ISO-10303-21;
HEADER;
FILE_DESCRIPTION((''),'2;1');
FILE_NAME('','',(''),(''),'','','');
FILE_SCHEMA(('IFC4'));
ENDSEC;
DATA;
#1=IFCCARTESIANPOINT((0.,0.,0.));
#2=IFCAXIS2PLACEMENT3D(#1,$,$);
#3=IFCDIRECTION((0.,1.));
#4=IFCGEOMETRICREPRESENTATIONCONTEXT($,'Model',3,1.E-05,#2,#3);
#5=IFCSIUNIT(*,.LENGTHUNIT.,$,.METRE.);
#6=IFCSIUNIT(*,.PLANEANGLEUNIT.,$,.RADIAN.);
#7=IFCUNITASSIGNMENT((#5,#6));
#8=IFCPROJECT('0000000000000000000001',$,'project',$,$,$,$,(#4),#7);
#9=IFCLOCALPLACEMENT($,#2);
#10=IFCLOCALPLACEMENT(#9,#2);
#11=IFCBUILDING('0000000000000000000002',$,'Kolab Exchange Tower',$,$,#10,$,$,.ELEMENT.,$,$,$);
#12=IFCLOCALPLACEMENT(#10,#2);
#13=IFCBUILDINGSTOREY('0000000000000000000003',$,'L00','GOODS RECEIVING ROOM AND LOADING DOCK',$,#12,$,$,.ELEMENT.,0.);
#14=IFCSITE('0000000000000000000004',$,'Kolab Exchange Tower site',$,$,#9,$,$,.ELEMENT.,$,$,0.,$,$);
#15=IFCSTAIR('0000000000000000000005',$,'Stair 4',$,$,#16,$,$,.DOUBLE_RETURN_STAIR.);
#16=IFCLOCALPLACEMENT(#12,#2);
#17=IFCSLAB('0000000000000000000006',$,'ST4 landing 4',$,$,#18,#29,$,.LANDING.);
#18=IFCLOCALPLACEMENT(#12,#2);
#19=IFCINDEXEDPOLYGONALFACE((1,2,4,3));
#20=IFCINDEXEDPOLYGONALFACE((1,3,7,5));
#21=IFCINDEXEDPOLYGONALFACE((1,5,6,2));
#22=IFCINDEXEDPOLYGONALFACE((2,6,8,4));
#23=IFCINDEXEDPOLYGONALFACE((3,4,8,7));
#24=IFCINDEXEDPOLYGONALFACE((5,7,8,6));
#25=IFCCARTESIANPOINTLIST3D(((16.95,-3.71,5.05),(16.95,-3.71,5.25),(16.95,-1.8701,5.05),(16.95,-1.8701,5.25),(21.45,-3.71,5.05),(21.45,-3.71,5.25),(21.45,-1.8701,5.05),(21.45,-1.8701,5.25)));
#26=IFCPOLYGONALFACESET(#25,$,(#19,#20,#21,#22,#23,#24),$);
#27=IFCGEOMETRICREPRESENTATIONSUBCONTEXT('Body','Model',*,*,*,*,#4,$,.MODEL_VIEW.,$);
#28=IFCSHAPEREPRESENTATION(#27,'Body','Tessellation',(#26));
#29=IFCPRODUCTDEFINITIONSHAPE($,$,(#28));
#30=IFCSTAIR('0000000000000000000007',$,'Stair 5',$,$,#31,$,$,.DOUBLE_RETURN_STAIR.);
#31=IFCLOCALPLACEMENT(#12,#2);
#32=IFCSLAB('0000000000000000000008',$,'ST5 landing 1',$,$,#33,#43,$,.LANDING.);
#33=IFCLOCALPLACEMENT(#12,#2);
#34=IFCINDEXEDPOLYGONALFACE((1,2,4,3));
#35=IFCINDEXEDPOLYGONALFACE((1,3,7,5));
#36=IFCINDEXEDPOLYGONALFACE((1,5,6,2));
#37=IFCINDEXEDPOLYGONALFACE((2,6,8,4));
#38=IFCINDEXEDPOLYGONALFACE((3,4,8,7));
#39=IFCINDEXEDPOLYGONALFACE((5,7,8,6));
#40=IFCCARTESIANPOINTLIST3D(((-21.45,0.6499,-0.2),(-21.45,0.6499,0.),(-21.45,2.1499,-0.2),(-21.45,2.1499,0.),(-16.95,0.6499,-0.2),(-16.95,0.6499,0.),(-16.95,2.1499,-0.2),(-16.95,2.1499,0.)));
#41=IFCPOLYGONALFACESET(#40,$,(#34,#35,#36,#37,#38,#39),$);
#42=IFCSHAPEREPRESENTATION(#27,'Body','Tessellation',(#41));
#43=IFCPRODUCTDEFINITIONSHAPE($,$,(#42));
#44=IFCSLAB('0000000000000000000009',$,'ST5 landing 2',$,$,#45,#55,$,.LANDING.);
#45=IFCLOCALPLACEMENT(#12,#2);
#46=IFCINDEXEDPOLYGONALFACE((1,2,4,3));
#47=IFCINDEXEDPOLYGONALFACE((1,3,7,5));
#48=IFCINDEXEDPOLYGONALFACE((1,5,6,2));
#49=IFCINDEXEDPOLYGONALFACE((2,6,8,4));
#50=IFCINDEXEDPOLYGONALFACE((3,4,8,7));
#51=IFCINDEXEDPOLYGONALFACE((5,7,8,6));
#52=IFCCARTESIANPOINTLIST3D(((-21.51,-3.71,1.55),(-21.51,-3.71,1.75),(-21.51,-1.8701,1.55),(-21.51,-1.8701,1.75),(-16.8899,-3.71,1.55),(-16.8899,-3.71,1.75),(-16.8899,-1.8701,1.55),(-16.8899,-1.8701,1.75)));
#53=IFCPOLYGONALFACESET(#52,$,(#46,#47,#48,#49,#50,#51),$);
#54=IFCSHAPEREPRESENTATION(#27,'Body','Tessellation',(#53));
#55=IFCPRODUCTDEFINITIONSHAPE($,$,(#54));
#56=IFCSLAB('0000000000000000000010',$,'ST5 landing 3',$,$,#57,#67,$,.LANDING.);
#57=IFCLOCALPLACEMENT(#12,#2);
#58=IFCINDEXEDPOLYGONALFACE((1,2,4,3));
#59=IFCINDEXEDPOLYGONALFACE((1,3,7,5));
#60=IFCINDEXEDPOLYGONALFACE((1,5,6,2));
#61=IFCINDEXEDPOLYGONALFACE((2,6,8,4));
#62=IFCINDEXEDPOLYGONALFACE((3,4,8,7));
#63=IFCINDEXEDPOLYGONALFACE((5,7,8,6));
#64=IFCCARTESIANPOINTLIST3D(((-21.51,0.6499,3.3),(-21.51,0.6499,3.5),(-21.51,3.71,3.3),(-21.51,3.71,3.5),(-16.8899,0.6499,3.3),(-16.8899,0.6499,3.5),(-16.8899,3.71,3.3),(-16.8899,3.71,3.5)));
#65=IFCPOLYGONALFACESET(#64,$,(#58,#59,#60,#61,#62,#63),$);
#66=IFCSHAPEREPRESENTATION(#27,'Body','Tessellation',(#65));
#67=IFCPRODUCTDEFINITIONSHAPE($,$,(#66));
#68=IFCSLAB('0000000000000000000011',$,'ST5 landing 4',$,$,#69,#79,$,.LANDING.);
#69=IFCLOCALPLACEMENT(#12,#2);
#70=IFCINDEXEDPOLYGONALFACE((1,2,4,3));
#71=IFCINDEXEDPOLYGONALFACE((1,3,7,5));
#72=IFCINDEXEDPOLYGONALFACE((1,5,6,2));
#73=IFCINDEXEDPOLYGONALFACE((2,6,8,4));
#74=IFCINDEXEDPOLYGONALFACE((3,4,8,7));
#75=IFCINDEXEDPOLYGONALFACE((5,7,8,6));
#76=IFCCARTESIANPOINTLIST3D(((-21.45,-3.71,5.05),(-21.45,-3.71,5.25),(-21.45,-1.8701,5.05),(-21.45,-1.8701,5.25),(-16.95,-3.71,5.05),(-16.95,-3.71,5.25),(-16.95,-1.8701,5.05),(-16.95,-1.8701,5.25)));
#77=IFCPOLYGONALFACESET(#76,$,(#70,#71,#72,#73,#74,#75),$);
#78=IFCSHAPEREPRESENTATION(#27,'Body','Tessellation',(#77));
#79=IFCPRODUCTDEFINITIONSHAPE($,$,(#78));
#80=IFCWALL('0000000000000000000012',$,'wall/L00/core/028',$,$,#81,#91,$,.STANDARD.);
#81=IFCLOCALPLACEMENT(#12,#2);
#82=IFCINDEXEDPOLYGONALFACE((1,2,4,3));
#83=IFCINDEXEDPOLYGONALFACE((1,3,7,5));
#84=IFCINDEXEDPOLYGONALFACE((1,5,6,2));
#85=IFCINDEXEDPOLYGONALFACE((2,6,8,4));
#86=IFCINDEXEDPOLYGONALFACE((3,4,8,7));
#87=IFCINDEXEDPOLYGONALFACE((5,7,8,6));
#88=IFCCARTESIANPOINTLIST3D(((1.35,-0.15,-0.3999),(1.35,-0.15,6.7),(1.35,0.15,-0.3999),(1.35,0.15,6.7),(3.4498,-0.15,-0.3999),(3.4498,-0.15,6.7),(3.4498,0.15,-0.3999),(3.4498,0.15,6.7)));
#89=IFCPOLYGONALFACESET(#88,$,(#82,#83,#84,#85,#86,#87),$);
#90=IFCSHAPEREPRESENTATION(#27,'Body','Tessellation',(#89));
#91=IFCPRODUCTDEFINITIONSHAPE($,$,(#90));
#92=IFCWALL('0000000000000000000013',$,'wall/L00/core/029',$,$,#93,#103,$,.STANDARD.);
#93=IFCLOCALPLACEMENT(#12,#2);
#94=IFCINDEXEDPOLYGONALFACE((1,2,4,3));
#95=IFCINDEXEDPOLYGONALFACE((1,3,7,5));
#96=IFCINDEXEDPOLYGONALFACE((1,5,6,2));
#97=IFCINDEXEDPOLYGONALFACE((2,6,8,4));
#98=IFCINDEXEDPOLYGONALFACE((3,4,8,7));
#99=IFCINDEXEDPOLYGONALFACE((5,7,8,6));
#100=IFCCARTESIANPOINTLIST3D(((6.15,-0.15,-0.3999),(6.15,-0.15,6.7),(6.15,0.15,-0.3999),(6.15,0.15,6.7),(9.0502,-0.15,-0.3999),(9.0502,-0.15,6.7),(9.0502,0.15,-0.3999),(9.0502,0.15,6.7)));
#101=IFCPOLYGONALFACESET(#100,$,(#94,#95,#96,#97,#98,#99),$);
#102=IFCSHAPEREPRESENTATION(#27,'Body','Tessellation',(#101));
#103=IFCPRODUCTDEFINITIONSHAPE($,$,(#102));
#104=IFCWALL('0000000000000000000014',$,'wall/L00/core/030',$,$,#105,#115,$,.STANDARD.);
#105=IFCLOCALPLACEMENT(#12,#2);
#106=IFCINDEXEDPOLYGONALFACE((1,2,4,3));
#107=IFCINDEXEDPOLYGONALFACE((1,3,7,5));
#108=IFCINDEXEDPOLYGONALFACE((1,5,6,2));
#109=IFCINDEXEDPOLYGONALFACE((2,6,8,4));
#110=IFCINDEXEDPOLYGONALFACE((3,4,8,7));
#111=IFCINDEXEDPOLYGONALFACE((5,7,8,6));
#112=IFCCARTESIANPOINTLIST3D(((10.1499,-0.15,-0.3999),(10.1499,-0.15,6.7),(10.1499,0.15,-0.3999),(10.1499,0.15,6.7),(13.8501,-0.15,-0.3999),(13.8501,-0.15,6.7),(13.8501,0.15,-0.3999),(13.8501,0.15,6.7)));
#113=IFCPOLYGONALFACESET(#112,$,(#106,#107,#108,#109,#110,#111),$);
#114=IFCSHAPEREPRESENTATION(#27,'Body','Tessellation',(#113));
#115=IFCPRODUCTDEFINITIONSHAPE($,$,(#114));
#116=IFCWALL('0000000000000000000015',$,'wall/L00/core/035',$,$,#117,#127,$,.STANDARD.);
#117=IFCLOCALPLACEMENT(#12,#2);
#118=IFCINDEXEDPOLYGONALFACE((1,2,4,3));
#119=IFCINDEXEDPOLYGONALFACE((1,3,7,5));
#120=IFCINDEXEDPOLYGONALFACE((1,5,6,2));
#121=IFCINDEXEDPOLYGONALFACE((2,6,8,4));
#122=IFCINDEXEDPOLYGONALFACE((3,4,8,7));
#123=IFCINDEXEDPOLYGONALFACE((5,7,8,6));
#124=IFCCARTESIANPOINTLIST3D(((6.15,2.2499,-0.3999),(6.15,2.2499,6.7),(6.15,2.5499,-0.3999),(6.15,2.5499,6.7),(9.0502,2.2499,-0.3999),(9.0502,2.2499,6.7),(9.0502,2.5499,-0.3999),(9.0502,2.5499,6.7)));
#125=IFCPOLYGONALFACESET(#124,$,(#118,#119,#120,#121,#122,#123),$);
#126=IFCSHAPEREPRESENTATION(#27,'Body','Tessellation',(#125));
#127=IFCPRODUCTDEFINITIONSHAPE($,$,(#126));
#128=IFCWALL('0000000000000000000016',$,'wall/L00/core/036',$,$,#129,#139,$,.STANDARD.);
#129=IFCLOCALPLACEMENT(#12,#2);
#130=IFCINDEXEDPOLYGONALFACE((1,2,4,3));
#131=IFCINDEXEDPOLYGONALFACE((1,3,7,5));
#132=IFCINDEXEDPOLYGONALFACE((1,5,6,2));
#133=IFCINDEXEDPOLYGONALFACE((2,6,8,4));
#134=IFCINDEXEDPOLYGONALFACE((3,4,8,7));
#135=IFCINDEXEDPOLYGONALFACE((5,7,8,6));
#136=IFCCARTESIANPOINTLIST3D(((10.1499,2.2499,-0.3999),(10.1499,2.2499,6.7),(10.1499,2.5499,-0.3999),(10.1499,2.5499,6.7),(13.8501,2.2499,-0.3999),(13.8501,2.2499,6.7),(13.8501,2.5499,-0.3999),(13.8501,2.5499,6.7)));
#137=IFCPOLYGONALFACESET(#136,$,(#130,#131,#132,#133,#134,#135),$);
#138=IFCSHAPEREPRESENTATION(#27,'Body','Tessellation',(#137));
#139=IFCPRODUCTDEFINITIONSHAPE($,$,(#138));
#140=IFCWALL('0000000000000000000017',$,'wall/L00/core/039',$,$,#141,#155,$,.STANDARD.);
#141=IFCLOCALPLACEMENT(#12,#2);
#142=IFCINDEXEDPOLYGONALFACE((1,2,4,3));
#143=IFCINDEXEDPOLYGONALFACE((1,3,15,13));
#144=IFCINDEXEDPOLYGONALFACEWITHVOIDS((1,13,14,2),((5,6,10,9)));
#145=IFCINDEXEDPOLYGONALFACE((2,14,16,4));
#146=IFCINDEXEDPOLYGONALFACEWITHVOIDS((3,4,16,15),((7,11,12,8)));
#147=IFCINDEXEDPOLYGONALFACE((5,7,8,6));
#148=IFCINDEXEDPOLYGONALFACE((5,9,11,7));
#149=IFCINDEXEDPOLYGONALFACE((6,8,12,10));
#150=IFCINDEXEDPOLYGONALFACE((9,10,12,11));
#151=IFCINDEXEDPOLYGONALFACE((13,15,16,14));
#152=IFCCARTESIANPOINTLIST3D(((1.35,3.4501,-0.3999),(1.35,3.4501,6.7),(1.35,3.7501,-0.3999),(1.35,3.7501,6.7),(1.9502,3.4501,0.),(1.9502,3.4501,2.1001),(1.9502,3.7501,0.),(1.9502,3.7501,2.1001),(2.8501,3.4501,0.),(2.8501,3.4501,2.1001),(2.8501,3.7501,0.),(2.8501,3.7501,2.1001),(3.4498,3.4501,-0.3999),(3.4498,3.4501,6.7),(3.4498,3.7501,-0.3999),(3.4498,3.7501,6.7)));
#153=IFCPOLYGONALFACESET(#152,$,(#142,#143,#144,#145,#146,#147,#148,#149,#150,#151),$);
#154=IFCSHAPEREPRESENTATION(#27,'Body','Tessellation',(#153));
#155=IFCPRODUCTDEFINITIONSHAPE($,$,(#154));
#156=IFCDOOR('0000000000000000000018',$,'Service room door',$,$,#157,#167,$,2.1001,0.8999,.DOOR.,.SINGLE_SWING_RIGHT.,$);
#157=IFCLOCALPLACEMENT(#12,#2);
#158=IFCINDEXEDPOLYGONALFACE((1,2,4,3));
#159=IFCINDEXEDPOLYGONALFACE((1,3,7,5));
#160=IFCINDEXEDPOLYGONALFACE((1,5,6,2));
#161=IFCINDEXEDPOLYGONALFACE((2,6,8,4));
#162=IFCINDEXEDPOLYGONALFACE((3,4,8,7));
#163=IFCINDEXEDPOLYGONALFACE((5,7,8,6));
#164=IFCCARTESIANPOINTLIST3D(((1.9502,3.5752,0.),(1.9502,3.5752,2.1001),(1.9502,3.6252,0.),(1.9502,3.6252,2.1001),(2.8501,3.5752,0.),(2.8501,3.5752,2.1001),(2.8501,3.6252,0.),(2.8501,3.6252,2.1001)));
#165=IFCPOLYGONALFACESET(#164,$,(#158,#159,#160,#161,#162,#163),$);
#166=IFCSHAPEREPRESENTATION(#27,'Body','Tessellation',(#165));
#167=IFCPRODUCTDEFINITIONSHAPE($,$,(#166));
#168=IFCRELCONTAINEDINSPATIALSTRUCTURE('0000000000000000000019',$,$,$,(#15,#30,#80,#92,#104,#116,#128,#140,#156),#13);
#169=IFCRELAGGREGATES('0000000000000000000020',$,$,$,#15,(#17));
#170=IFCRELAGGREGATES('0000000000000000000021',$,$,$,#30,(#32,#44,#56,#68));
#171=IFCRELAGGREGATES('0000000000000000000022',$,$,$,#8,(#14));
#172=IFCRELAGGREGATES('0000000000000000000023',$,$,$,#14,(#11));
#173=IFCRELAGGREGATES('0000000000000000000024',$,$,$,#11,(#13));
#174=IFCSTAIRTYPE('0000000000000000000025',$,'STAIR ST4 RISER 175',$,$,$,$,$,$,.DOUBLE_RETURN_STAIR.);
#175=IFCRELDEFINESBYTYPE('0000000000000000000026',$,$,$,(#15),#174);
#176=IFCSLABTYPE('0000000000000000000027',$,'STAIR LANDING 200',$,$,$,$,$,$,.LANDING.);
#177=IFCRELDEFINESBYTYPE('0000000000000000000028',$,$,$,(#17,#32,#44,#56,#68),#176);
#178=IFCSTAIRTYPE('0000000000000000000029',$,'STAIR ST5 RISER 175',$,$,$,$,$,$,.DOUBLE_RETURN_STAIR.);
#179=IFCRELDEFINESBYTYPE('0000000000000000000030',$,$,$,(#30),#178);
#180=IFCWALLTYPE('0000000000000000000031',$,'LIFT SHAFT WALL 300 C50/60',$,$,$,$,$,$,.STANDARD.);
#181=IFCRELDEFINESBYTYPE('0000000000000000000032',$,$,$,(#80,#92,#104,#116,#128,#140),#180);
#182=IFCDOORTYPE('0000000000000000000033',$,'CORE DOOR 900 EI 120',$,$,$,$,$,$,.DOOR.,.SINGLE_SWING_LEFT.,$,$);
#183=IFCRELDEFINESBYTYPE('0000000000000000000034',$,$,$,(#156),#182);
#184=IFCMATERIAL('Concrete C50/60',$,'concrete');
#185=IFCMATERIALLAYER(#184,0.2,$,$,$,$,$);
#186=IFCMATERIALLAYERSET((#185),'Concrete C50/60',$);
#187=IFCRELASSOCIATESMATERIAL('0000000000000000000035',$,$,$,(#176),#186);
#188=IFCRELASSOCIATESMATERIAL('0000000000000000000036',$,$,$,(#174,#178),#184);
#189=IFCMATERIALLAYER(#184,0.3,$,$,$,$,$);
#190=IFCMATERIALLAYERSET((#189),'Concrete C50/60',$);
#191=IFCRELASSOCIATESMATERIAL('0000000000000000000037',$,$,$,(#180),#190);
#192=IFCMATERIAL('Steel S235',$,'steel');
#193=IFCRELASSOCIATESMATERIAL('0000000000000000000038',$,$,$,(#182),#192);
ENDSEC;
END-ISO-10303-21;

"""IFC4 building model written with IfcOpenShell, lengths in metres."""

from ifc_helpers import new_model, si_unit, direction, frame, frame_2d, origin, place, context, subcontext, project, spatial, polyline, rectangle, outline, extrude, material, layer, layer_set, type_object, element, fill, aggregate, save


model = new_model("IFC4")

# Units and contexts
model_context = context("Model", 3, precision=1e-05, world=origin(), true_north=direction((0.0, 1.0)))
body_context = subcontext(model_context, "Body", "Model", "MODEL_VIEW")
ifc_project = project(units=[si_unit("LENGTHUNIT", "METRE"), si_unit("PLANEANGLEUNIT", "RADIAN")], contexts=[model_context])

# Site, building, storey
site_placement = place(None, origin())
site = spatial("IfcSite", under=ifc_project, at=site_placement, Name="Kolab Exchange Tower site", CompositionType="ELEMENT", RefElevation=0.0)
building_placement = place(site_placement, origin())
building = spatial("IfcBuilding", under=site, at=building_placement, Name="Kolab Exchange Tower", CompositionType="ELEMENT")
storey_placement = place(building_placement, origin())
storey = spatial("IfcBuildingStorey", under=building, at=storey_placement, Name="L00", Description="GOODS RECEIVING ROOM AND LOADING DOCK", CompositionType="ELEMENT", Elevation=0.0)

# Stairs, slabs
ifc_material_1 = material(Name="Concrete C50/60", Category="concrete")
ifc_layer_1 = layer(ifc_material_1, 0.2)
ifc_layer_set_1 = layer_set([ifc_layer_1], Name="Concrete C50/60")
slab_type = type_object("IfcSlabType", Name="STAIR LANDING 200", PredefinedType="LANDING", material=ifc_layer_set_1)
stair_type_1 = type_object("IfcStairType", Name="STAIR ST4 RISER 175", PredefinedType="DOUBLE_RETURN_STAIR", material=ifc_material_1)
stair_1_placement = place(storey_placement, origin())
stair_1 = element("IfcStair", 1, at=stair_1_placement, inside=storey, type_object=stair_type_1, Name="Stair 4", PredefinedType="DOUBLE_RETURN_STAIR")
slab_1_placement = place(storey_placement, frame((0.0, 0.0, 5.05)))
slab_1 = element("IfcSlab", 2, at=slab_1_placement, type_object=slab_type, Name="ST4 landing 4", PredefinedType="LANDING", context=body_context, shape_type="SweptSolid", body=[
    extrude(outline(polyline([(16.95, -3.71), (21.45, -3.71), (21.45, -1.8701), (16.95, -1.8701), (16.95, -3.71)])), origin(), (0.0, 0.0, 1.0), 0.2),
])
aggregate(stair_1, [slab_1])
stair_type_2 = type_object("IfcStairType", Name="STAIR ST5 RISER 175", PredefinedType="DOUBLE_RETURN_STAIR", material=ifc_material_1)
stair_2_placement = place(storey_placement, origin())
stair_2 = element("IfcStair", 3, at=stair_2_placement, inside=storey, type_object=stair_type_2, Name="Stair 5", PredefinedType="DOUBLE_RETURN_STAIR")
slab_2_placement = place(storey_placement, frame((0.0, 0.0, -0.2)))
slab_2 = element("IfcSlab", 4, at=slab_2_placement, type_object=slab_type, Name="ST5 landing 1", PredefinedType="LANDING", context=body_context, shape_type="SweptSolid", body=[
    extrude(outline(polyline([(-21.45, 0.6499), (-16.95, 0.6499), (-16.95, 2.1499), (-21.45, 2.1499), (-21.45, 0.6499)])), origin(), (0.0, 0.0, 1.0), 0.2),
])
slab_3_placement = place(storey_placement, frame((0.0, 0.0, 1.55)))
slab_3 = element("IfcSlab", 5, at=slab_3_placement, type_object=slab_type, Name="ST5 landing 2", PredefinedType="LANDING", context=body_context, shape_type="SweptSolid", body=[
    extrude(outline(polyline([(-21.51, -3.71), (-16.8899, -3.71), (-16.8899, -1.8701), (-21.51, -1.8701), (-21.51, -3.71)])), origin(), (0.0, 0.0, 1.0), 0.2),
])
slab_4_placement = place(storey_placement, frame((0.0, 0.0, 3.3)))
slab_4 = element("IfcSlab", 6, at=slab_4_placement, type_object=slab_type, Name="ST5 landing 3", PredefinedType="LANDING", context=body_context, shape_type="SweptSolid", body=[
    extrude(outline(polyline([(-21.51, 0.6499), (-16.8899, 0.6499), (-16.8899, 3.71), (-21.51, 3.71), (-21.51, 0.6499)])), origin(), (0.0, 0.0, 1.0), 0.2),
])
slab_5_placement = place(storey_placement, frame((0.0, 0.0, 5.05)))
slab_5 = element("IfcSlab", 7, at=slab_5_placement, type_object=slab_type, Name="ST5 landing 4", PredefinedType="LANDING", context=body_context, shape_type="SweptSolid", body=[
    extrude(outline(polyline([(-21.45, -3.71), (-16.95, -3.71), (-16.95, -1.8701), (-21.45, -1.8701), (-21.45, -3.71)])), origin(), (0.0, 0.0, 1.0), 0.2),
])
aggregate(stair_2, [slab_2, slab_3, slab_4, slab_5])

# Walls
ifc_layer_2 = layer(ifc_material_1, 0.3)
ifc_layer_set_2 = layer_set([ifc_layer_2], Name="Concrete C50/60")
wall_type_1 = type_object("IfcWallType", Name="LIFT SHAFT WALL 300 C50/60", PredefinedType="STANDARD", material=ifc_layer_set_2)
wall_1_placement = place(storey_placement, frame((1.3501, 0.0, -0.3999), z_axis=(0.0, 0.0, 1.0), x_axis=(1.0, 0.0, 0.0)))
element("IfcWall", 8, at=wall_1_placement, inside=storey, type_object=wall_type_1, Name="wall/L00/core/028", PredefinedType="STANDARD", context=body_context, shape_type="SweptSolid", body=[
    extrude(rectangle(XDim=2.0999, YDim=0.3, at=frame_2d((1.0498, 0.0))), origin(), (0.0, 0.0, 1.0), 7.0999),
])
wall_2_placement = place(storey_placement, frame((6.1499, 0.0, -0.3999), z_axis=(0.0, 0.0, 1.0), x_axis=(1.0, 0.0, 0.0)))
element("IfcWall", 9, at=wall_2_placement, inside=storey, type_object=wall_type_1, Name="wall/L00/core/029", PredefinedType="STANDARD", context=body_context, shape_type="SweptSolid", body=[
    extrude(rectangle(XDim=2.9001, YDim=0.3, at=frame_2d((1.4502, 0.0))), origin(), (0.0, 0.0, 1.0), 7.0999),
])
wall_3_placement = place(storey_placement, frame((10.1499, 0.0, -0.3999), z_axis=(0.0, 0.0, 1.0), x_axis=(1.0, 0.0, 0.0)))
element("IfcWall", 10, at=wall_3_placement, inside=storey, type_object=wall_type_1, Name="wall/L00/core/030", PredefinedType="STANDARD", context=body_context, shape_type="SweptSolid", body=[
    extrude(rectangle(XDim=3.7002, YDim=0.3, at=frame_2d((1.8501, 0.0))), origin(), (0.0, 0.0, 1.0), 7.0999),
])
wall_4_placement = place(storey_placement, frame((6.1499, 2.3999, -0.3999), z_axis=(0.0, 0.0, 1.0), x_axis=(1.0, 0.0, 0.0)))
element("IfcWall", 11, at=wall_4_placement, inside=storey, type_object=wall_type_1, Name="wall/L00/core/035", PredefinedType="STANDARD", context=body_context, shape_type="SweptSolid", body=[
    extrude(rectangle(XDim=2.9001, YDim=0.3, at=frame_2d((1.4502, 0.0))), origin(), (0.0, 0.0, 1.0), 7.0999),
])
wall_5_placement = place(storey_placement, frame((10.1499, 2.3999, -0.3999), z_axis=(0.0, 0.0, 1.0), x_axis=(1.0, 0.0, 0.0)))
element("IfcWall", 12, at=wall_5_placement, inside=storey, type_object=wall_type_1, Name="wall/L00/core/036", PredefinedType="STANDARD", context=body_context, shape_type="SweptSolid", body=[
    extrude(rectangle(XDim=3.7002, YDim=0.3, at=frame_2d((1.8501, 0.0))), origin(), (0.0, 0.0, 1.0), 7.0999),
])

# Wall, opening, door
wall_6_placement = place(storey_placement, frame((1.3501, 3.6001, -0.3999), z_axis=(0.0, 0.0, 1.0), x_axis=(1.0, 0.0, 0.0)))
wall_6 = element("IfcWall", 13, at=wall_6_placement, inside=storey, type_object=wall_type_1, Name="wall/L00/core/039", PredefinedType="STANDARD", context=body_context, shape_type="SweptSolid", body=[
    extrude(rectangle(XDim=2.0999, YDim=0.3, at=frame_2d((1.0498, 0.0))), origin(), (0.0, 0.0, 1.0), 7.0999),
])
opening_1_placement = place(wall_6_placement, frame((0.6001, 0.0, 0.3999)))
opening_1 = element("IfcOpeningElement", 14, at=opening_1_placement, cuts=wall_6, PredefinedType="OPENING", context=body_context, shape_type="SweptSolid", body=[
    extrude(rectangle(XDim=0.8999, YDim=2.1001, at=frame_2d((0.45, 1.05))), frame((0.0, 0.1602, 0.0), z_axis=(0.0, -1.0, 0.0), x_axis=(1.0, 0.0, 0.0)), (0.0, 0.0, 1.0), 0.3201),
])
ifc_material_2 = material(Name="Steel S235", Category="steel")
door_type_1 = type_object("IfcDoorType", Name="CORE DOOR 900 EI 120", OperationType="SINGLE_SWING_LEFT", PredefinedType="DOOR", material=ifc_material_2)
door_1_placement = place(opening_1_placement, frame((0.8999, 0.0, 0.0), z_axis=(0.0, 0.0, 1.0), x_axis=(-1.0, 0.0, 0.0)))
door_1 = element("IfcDoor", 15, at=door_1_placement, inside=storey, type_object=door_type_1, Name="Service room door", OperationType="SINGLE_SWING_RIGHT", OverallHeight=2.1001, OverallWidth=0.8999, PredefinedType="DOOR", context=body_context, shape_type="SweptSolid", body=[
    extrude(rectangle(XDim=0.8999, YDim=2.1001, at=frame_2d((0.45, 1.05))), frame((0.0, 0.0249, 0.0), z_axis=(0.0, -1.0, 0.0), x_axis=(1.0, 0.0, 0.0)), (0.0, 0.0, 1.0), 0.05),
])
fill(opening_1, door_1)

save(model, "model.ifc")
